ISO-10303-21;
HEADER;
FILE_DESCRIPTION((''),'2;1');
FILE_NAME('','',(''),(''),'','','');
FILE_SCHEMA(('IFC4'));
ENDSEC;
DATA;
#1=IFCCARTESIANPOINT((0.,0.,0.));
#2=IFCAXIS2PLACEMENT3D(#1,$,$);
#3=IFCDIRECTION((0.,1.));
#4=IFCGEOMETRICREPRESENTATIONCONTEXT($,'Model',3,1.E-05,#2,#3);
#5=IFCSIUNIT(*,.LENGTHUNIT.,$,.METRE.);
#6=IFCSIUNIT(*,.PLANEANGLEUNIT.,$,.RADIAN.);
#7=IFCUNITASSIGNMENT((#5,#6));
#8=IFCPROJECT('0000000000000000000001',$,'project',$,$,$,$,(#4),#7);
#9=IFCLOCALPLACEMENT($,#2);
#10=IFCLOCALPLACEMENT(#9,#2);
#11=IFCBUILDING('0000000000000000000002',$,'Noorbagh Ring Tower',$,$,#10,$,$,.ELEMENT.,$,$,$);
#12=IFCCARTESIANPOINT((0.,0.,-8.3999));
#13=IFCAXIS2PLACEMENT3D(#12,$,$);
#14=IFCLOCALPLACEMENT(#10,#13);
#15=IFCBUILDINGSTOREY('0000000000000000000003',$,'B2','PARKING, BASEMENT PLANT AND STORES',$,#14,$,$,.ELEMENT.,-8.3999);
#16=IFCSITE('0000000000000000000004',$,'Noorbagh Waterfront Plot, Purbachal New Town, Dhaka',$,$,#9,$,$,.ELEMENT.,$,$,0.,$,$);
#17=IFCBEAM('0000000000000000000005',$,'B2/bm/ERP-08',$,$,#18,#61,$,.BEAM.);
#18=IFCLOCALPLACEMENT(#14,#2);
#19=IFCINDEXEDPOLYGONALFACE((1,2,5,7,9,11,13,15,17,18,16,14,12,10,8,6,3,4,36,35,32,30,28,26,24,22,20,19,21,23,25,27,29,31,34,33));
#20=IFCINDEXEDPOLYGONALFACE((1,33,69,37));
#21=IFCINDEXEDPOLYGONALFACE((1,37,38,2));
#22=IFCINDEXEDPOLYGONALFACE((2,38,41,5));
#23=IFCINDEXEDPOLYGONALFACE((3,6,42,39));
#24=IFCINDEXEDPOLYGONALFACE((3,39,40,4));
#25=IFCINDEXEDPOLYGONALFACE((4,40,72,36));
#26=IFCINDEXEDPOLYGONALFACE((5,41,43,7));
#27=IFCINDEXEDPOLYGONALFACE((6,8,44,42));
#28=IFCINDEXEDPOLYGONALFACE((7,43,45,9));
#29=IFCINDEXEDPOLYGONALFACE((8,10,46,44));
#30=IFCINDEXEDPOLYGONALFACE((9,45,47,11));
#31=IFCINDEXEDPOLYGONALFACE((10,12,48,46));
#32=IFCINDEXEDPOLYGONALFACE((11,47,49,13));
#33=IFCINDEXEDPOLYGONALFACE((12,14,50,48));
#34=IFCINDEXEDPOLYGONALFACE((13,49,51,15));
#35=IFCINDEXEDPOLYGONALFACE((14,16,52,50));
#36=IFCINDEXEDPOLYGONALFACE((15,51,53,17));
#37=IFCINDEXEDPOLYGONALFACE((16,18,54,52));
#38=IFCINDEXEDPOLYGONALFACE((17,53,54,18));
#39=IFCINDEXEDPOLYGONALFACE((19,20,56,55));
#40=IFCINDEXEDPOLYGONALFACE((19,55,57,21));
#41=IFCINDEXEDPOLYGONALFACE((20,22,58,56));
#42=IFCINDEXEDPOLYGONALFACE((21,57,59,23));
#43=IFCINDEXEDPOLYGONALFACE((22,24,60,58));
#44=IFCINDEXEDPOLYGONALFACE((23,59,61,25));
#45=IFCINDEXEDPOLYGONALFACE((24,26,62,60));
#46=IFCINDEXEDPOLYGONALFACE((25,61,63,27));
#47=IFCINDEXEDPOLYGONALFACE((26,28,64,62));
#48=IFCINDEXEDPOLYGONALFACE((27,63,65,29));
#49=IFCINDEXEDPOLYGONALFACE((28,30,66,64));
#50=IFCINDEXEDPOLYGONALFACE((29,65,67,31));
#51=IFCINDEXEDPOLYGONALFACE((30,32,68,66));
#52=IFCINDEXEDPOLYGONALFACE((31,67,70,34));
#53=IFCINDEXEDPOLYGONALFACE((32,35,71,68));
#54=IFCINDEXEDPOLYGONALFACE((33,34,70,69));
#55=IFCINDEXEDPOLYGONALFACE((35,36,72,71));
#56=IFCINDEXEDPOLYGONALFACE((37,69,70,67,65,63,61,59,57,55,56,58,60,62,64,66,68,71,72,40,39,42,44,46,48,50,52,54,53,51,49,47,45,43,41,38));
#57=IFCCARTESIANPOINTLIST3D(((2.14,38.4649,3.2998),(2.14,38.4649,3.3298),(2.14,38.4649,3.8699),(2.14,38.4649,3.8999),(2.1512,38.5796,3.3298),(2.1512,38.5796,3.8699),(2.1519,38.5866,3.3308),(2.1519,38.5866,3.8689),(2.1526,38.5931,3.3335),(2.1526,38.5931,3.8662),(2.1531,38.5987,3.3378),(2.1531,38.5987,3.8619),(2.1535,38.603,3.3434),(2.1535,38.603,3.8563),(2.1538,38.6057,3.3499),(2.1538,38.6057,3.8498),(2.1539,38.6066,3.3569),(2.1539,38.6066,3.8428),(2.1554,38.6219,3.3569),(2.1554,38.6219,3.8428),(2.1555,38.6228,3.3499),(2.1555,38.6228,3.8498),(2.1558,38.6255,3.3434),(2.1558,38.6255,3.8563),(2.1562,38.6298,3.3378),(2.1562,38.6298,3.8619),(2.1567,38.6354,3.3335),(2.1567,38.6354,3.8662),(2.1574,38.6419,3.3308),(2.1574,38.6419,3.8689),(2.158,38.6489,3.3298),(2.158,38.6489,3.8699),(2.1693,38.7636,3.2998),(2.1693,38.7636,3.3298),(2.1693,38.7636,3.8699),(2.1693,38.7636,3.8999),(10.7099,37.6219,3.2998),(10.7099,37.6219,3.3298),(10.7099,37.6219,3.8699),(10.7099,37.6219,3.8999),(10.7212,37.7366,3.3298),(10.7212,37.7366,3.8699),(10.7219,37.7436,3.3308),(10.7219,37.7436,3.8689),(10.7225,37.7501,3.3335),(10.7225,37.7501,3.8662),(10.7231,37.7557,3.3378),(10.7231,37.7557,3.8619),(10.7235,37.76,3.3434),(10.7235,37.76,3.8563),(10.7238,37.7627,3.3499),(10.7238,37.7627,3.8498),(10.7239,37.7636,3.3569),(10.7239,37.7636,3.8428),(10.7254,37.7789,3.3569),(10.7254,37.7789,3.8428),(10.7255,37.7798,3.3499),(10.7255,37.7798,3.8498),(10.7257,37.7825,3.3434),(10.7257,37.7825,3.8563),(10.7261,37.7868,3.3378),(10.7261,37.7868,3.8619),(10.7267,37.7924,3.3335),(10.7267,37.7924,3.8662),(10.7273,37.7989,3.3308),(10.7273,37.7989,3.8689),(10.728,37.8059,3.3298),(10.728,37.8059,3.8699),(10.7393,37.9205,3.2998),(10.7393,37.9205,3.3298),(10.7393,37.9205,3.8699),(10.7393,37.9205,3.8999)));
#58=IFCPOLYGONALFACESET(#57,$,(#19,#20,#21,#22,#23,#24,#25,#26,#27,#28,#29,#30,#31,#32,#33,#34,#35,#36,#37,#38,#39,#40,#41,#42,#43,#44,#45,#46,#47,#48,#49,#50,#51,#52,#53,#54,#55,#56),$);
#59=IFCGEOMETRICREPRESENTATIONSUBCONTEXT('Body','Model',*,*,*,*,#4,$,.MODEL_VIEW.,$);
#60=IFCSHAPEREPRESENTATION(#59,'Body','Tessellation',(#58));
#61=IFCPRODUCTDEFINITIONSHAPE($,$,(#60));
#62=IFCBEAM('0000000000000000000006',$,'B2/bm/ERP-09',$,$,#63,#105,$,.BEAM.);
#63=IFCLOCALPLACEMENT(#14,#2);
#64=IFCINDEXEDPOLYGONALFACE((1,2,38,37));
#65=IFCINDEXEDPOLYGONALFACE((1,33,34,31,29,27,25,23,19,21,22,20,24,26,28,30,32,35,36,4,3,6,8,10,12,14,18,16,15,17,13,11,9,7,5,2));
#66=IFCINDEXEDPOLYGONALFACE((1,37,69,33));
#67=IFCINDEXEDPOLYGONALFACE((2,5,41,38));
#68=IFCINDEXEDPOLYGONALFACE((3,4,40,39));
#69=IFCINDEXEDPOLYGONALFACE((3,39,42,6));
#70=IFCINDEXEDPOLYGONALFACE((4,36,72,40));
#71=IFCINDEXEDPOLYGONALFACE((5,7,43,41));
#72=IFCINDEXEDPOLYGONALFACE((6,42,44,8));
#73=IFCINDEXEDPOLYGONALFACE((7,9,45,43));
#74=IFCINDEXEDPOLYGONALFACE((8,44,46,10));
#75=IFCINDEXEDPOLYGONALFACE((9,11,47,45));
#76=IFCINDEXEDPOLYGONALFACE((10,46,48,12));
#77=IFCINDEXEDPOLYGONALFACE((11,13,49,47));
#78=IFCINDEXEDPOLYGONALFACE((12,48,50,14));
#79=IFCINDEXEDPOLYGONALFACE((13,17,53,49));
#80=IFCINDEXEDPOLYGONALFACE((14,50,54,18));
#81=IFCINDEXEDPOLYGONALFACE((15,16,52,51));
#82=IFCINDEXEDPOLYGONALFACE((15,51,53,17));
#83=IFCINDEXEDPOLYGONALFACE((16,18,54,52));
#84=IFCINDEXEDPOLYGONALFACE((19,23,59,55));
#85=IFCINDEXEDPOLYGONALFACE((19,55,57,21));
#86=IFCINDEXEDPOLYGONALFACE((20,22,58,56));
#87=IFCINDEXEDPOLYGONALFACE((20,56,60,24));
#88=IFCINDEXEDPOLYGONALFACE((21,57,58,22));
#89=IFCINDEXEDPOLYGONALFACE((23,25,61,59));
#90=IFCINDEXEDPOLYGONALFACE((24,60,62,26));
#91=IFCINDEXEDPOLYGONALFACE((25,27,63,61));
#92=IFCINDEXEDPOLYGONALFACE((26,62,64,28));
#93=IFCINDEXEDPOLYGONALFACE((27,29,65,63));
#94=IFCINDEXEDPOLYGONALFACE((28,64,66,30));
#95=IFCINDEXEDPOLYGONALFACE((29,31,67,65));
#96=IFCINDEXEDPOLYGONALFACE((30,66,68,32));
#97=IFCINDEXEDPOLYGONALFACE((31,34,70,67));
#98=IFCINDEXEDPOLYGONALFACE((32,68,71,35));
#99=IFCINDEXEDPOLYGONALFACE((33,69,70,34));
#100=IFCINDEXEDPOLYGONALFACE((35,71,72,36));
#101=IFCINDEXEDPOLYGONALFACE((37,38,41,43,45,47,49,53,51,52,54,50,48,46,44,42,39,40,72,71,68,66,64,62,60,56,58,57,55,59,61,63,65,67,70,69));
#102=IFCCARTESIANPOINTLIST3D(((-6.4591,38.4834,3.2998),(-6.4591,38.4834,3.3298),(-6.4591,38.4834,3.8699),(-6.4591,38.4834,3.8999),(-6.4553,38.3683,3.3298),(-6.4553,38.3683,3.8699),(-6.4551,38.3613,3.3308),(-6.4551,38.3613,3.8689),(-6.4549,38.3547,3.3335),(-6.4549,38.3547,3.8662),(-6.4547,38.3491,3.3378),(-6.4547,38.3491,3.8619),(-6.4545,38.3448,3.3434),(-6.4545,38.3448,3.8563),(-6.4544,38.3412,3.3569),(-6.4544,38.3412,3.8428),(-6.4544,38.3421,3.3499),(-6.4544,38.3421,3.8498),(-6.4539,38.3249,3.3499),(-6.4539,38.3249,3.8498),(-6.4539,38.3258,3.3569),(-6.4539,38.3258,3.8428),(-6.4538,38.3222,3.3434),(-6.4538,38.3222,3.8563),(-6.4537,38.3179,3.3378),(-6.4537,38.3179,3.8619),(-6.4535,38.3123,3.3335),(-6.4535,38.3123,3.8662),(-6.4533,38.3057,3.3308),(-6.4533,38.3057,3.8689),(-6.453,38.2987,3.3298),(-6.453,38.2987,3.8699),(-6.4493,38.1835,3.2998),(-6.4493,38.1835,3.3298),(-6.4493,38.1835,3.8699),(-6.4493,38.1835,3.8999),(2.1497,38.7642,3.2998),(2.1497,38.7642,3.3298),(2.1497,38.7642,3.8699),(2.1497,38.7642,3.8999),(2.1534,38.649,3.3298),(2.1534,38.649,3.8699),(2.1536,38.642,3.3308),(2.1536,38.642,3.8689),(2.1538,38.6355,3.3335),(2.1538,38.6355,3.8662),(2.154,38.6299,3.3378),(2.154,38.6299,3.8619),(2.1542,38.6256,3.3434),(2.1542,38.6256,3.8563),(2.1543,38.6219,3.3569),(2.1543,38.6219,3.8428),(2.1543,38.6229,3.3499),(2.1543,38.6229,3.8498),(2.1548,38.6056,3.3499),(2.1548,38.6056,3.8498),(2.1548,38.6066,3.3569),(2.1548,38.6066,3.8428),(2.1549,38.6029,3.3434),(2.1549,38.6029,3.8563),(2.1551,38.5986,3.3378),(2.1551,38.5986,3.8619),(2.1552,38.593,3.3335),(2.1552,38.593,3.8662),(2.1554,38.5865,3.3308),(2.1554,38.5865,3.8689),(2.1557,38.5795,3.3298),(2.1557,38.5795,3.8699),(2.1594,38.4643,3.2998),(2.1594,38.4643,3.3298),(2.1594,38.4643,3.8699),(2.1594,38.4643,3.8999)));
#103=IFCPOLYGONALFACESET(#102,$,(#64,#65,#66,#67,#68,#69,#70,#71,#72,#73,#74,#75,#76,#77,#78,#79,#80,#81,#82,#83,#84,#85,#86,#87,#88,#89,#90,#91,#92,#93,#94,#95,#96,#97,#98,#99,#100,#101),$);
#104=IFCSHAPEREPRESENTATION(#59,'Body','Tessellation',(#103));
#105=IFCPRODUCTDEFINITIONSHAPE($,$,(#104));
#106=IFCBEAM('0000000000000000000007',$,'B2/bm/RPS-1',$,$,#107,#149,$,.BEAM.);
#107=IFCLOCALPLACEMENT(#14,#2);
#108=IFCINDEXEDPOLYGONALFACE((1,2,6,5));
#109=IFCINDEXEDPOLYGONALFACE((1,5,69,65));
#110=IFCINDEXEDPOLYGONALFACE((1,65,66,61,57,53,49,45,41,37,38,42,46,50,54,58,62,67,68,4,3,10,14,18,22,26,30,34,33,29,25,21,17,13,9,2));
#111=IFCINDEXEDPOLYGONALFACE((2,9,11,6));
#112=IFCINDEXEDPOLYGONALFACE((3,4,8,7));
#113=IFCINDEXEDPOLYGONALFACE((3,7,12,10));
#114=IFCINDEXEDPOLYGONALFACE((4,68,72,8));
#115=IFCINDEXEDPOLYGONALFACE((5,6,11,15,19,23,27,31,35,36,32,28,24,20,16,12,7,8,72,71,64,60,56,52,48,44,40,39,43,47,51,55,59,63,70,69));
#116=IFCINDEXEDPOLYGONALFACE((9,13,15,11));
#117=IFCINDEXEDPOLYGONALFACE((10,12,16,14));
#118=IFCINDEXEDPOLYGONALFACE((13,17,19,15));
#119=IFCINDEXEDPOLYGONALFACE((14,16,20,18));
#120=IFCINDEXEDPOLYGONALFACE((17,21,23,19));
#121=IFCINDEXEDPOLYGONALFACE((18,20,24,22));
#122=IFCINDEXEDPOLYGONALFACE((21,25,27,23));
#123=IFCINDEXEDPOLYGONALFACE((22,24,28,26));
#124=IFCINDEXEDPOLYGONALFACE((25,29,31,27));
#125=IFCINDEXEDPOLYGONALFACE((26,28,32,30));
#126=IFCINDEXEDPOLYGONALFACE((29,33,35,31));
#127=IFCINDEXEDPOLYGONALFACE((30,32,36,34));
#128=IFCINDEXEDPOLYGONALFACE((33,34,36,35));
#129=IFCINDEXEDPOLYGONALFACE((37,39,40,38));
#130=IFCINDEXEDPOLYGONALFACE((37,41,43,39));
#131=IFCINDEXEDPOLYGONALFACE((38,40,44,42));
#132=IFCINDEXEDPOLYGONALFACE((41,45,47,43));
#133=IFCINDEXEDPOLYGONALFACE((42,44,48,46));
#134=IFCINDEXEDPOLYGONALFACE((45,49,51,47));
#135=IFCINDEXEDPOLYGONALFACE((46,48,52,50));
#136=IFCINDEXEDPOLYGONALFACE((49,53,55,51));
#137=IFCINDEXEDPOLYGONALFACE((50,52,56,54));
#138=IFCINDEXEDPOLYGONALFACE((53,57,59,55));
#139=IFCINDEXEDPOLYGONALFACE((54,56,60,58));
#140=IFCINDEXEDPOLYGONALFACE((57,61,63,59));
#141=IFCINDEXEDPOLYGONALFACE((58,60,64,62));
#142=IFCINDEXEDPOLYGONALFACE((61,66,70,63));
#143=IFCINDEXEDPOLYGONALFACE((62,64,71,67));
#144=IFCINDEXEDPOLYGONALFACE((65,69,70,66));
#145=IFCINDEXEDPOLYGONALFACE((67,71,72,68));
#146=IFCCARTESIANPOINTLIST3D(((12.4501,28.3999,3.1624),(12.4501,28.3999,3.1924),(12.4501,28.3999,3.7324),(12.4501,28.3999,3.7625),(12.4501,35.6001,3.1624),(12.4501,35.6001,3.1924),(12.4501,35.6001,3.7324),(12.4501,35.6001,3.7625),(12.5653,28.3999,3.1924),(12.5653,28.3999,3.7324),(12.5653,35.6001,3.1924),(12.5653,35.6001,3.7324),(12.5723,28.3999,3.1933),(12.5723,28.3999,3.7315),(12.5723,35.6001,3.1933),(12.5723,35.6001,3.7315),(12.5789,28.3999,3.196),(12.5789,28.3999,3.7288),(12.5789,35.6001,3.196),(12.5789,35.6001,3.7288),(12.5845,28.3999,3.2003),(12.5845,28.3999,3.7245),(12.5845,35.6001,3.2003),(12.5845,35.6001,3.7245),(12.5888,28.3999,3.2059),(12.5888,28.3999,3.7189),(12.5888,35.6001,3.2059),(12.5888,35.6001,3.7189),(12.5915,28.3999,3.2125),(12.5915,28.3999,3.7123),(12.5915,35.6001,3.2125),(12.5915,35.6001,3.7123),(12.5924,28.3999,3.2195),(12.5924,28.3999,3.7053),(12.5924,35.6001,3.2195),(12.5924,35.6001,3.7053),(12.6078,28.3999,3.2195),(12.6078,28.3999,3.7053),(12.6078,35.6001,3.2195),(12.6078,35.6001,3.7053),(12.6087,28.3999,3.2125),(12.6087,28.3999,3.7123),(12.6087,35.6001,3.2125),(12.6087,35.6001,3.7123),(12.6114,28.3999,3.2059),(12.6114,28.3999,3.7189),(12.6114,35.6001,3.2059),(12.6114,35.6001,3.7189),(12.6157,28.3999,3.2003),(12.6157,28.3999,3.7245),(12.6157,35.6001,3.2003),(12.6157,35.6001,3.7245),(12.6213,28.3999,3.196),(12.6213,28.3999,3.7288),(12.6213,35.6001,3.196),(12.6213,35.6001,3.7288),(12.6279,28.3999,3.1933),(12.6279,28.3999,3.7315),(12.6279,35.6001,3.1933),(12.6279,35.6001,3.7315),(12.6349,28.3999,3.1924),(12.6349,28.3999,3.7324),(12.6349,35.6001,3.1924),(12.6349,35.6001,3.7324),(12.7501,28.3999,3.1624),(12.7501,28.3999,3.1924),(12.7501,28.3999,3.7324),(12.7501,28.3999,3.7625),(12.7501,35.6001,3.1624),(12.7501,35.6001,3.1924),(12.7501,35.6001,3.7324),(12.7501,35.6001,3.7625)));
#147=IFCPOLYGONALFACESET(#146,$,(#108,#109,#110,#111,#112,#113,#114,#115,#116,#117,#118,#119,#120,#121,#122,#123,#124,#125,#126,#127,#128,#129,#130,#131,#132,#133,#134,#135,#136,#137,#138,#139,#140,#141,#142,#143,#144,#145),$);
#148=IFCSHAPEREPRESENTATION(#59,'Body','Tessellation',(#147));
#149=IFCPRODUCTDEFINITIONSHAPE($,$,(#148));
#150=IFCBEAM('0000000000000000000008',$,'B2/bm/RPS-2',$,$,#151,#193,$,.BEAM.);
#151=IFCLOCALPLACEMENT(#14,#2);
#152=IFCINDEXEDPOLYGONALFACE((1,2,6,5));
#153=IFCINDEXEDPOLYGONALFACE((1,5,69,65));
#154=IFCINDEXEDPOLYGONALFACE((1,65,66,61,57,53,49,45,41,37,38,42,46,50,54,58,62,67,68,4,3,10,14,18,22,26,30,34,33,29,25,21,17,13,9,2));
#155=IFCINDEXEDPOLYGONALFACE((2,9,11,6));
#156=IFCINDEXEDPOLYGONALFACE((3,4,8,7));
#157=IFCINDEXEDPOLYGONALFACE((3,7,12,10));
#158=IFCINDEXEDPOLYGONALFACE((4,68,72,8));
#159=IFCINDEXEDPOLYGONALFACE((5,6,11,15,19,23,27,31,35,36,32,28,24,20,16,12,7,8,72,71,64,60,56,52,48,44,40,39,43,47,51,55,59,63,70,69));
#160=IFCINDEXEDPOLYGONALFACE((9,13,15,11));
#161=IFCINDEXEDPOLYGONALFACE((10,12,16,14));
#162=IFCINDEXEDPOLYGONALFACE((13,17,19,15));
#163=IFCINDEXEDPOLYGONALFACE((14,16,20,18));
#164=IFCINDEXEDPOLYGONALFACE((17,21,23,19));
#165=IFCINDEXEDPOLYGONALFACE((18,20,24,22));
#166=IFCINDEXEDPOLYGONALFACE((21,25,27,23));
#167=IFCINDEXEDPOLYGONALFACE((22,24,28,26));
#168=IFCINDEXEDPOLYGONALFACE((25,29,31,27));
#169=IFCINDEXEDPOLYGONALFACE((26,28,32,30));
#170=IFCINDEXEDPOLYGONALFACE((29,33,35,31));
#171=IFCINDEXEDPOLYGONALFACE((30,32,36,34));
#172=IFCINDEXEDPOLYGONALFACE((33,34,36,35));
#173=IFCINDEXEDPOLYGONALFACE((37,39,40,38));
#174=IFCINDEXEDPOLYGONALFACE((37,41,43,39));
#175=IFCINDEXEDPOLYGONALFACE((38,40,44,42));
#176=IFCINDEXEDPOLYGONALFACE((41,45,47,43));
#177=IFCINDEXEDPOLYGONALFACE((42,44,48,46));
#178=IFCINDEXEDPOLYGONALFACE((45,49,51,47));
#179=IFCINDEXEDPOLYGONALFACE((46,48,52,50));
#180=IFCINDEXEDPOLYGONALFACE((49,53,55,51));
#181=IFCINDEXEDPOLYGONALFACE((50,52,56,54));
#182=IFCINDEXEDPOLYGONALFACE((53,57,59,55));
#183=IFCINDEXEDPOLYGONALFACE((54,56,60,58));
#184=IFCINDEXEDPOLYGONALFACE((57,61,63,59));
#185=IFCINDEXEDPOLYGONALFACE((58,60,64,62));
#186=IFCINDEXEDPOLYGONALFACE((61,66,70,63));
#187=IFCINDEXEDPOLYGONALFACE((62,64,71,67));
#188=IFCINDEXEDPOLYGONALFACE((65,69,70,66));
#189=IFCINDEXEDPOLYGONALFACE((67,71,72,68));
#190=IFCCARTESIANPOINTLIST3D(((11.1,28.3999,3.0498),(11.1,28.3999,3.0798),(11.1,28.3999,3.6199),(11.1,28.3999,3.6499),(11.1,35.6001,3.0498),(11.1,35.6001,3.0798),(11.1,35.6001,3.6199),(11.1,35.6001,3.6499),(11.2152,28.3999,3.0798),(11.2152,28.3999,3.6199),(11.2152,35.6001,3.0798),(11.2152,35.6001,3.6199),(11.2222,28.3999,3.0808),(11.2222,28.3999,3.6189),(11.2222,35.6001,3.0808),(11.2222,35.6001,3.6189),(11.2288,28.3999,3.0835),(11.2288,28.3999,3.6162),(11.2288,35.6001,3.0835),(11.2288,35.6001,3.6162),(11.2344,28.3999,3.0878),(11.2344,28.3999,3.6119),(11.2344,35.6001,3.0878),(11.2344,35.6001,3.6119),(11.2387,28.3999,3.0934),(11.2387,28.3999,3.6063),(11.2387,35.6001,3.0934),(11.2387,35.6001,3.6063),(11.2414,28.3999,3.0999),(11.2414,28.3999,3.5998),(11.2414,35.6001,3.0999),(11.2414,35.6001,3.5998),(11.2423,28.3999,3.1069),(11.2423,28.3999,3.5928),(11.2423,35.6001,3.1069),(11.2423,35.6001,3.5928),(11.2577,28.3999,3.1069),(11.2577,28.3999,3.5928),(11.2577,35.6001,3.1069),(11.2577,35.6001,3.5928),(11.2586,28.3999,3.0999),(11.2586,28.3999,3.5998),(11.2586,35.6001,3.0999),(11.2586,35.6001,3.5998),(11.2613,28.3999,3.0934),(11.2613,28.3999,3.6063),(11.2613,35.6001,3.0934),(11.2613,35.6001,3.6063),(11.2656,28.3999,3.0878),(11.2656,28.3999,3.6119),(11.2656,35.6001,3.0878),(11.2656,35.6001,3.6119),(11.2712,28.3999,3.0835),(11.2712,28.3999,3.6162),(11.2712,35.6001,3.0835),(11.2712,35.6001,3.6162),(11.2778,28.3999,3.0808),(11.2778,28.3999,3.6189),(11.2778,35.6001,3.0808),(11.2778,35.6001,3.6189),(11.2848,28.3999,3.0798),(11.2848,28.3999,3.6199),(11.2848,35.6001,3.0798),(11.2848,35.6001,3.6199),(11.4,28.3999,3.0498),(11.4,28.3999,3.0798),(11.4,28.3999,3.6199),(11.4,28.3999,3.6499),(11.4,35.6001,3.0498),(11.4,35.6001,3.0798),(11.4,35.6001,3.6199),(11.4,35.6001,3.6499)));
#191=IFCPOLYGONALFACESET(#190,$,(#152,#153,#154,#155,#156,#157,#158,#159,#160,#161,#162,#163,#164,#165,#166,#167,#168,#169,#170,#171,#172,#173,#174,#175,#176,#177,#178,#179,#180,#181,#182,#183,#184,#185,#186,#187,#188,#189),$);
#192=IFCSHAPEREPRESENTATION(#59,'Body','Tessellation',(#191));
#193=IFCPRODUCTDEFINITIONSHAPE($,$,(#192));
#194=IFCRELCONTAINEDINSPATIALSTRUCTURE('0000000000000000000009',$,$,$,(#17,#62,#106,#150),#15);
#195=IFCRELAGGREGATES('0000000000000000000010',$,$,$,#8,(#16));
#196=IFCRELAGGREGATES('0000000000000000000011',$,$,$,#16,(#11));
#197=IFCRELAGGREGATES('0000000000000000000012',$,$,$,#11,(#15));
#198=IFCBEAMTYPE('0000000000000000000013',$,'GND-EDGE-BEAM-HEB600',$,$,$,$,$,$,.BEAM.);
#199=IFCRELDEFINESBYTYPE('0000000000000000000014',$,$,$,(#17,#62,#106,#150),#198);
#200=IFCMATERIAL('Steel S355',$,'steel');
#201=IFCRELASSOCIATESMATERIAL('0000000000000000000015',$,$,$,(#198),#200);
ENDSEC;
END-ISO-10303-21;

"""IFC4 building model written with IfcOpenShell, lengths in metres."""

from ifc_helpers import new_model, si_unit, direction, frame, origin, origin_2d, place, context, subcontext, project, spatial, i_section, extrude, material, material_profile, profile_set, type_object, element, save


model = new_model("IFC4")

# Units and contexts
model_context = context("Model", 3, precision=1e-05, world=origin(), true_north=direction((0.0, 1.0)))
body_context = subcontext(model_context, "Body", "Model", "MODEL_VIEW")
ifc_project = project(units=[si_unit("LENGTHUNIT", "METRE"), si_unit("PLANEANGLEUNIT", "RADIAN")], contexts=[model_context])

# Site, building, storey
site_placement = place(None, origin())
site = spatial("IfcSite", under=ifc_project, at=site_placement, Name="Noorbagh Waterfront Plot, Purbachal New Town, Dhaka", CompositionType="ELEMENT", RefElevation=0.0)
building_placement = place(site_placement, origin())
building = spatial("IfcBuilding", under=site, at=building_placement, Name="Noorbagh Ring Tower", CompositionType="ELEMENT")
storey_placement = place(building_placement, frame((0.0, 0.0, -8.3999)))
storey = spatial("IfcBuildingStorey", under=building, at=storey_placement, Name="B2", Description="PARKING, BASEMENT PLANT AND STORES", CompositionType="ELEMENT", Elevation=-8.3999)

# Beams
ifc_material_1 = material(Name="Steel S355", Category="steel")
ifc_material_profile_1 = material_profile(ifc_material_1, i_section(OverallWidth=0.3, OverallDepth=0.6001, WebThickness=0.0154, FlangeThickness=0.03, FilletRadius=0.0271, at=origin_2d()), Name="HEB600")
ifc_profile_set_1 = profile_set([ifc_material_profile_1], Name="Steel S355")
beam_type = type_object("IfcBeamType", Name="GND-EDGE-BEAM-HEB600", PredefinedType="BEAM", material=ifc_profile_set_1)
beam_1_placement = place(storey_placement, frame((10.7246, 37.7712, 3.5999), z_axis=(-0.995197, 0.097895, 0.0), x_axis=(-0.097895, -0.995197, 0.0)))
element("IfcBeam", 1, at=beam_1_placement, inside=storey, type_object=beam_type, Name="B2/bm/ERP-08", PredefinedType="BEAM", context=body_context, shape_type="SweptSolid", body=[
    extrude(i_section(OverallWidth=0.3, OverallDepth=0.6001, WebThickness=0.0154, FlangeThickness=0.03, FilletRadius=0.0271, at=origin_2d()), origin(), (0.0, 0.0, 1.0), 8.6113),
])
beam_2_placement = place(storey_placement, frame((2.1545, 38.6143, 3.5999), z_axis=(-0.999469, -0.032597, 0.0), x_axis=(0.032597, -0.999469, 0.0)))
element("IfcBeam", 2, at=beam_2_placement, inside=storey, type_object=beam_type, Name="B2/bm/ERP-09", PredefinedType="BEAM", context=body_context, shape_type="SweptSolid", body=[
    extrude(i_section(OverallWidth=0.3, OverallDepth=0.6001, WebThickness=0.0154, FlangeThickness=0.03, FilletRadius=0.0271, at=origin_2d()), origin(), (0.0, 0.0, 1.0), 8.6133),
])
for number, where, z_axis, x_axis, name in (
    (3, (12.6001, 28.3999, 3.4624), (0.0, 1.0, 0.0), (-1.0, 0.0, 0.0), "B2/bm/RPS-1"),
    (4, (11.25, 28.3999, 3.3499), (0.0, 1.0, 0.0), (-1.0, 0.0, 0.0), "B2/bm/RPS-2"),
):
    element("IfcBeam", number, at=place(storey_placement, frame(where, z_axis=z_axis, x_axis=x_axis)), inside=storey, type_object=beam_type, Name=name, PredefinedType="BEAM", context=body_context, shape_type="SweptSolid", body=[
        extrude(i_section(OverallWidth=0.3, OverallDepth=0.6001, WebThickness=0.0154, FlangeThickness=0.03, FilletRadius=0.0271, at=origin_2d()), origin(), (0.0, 0.0, 1.0), 7.2002),
    ])

save(model, "model.ifc")
